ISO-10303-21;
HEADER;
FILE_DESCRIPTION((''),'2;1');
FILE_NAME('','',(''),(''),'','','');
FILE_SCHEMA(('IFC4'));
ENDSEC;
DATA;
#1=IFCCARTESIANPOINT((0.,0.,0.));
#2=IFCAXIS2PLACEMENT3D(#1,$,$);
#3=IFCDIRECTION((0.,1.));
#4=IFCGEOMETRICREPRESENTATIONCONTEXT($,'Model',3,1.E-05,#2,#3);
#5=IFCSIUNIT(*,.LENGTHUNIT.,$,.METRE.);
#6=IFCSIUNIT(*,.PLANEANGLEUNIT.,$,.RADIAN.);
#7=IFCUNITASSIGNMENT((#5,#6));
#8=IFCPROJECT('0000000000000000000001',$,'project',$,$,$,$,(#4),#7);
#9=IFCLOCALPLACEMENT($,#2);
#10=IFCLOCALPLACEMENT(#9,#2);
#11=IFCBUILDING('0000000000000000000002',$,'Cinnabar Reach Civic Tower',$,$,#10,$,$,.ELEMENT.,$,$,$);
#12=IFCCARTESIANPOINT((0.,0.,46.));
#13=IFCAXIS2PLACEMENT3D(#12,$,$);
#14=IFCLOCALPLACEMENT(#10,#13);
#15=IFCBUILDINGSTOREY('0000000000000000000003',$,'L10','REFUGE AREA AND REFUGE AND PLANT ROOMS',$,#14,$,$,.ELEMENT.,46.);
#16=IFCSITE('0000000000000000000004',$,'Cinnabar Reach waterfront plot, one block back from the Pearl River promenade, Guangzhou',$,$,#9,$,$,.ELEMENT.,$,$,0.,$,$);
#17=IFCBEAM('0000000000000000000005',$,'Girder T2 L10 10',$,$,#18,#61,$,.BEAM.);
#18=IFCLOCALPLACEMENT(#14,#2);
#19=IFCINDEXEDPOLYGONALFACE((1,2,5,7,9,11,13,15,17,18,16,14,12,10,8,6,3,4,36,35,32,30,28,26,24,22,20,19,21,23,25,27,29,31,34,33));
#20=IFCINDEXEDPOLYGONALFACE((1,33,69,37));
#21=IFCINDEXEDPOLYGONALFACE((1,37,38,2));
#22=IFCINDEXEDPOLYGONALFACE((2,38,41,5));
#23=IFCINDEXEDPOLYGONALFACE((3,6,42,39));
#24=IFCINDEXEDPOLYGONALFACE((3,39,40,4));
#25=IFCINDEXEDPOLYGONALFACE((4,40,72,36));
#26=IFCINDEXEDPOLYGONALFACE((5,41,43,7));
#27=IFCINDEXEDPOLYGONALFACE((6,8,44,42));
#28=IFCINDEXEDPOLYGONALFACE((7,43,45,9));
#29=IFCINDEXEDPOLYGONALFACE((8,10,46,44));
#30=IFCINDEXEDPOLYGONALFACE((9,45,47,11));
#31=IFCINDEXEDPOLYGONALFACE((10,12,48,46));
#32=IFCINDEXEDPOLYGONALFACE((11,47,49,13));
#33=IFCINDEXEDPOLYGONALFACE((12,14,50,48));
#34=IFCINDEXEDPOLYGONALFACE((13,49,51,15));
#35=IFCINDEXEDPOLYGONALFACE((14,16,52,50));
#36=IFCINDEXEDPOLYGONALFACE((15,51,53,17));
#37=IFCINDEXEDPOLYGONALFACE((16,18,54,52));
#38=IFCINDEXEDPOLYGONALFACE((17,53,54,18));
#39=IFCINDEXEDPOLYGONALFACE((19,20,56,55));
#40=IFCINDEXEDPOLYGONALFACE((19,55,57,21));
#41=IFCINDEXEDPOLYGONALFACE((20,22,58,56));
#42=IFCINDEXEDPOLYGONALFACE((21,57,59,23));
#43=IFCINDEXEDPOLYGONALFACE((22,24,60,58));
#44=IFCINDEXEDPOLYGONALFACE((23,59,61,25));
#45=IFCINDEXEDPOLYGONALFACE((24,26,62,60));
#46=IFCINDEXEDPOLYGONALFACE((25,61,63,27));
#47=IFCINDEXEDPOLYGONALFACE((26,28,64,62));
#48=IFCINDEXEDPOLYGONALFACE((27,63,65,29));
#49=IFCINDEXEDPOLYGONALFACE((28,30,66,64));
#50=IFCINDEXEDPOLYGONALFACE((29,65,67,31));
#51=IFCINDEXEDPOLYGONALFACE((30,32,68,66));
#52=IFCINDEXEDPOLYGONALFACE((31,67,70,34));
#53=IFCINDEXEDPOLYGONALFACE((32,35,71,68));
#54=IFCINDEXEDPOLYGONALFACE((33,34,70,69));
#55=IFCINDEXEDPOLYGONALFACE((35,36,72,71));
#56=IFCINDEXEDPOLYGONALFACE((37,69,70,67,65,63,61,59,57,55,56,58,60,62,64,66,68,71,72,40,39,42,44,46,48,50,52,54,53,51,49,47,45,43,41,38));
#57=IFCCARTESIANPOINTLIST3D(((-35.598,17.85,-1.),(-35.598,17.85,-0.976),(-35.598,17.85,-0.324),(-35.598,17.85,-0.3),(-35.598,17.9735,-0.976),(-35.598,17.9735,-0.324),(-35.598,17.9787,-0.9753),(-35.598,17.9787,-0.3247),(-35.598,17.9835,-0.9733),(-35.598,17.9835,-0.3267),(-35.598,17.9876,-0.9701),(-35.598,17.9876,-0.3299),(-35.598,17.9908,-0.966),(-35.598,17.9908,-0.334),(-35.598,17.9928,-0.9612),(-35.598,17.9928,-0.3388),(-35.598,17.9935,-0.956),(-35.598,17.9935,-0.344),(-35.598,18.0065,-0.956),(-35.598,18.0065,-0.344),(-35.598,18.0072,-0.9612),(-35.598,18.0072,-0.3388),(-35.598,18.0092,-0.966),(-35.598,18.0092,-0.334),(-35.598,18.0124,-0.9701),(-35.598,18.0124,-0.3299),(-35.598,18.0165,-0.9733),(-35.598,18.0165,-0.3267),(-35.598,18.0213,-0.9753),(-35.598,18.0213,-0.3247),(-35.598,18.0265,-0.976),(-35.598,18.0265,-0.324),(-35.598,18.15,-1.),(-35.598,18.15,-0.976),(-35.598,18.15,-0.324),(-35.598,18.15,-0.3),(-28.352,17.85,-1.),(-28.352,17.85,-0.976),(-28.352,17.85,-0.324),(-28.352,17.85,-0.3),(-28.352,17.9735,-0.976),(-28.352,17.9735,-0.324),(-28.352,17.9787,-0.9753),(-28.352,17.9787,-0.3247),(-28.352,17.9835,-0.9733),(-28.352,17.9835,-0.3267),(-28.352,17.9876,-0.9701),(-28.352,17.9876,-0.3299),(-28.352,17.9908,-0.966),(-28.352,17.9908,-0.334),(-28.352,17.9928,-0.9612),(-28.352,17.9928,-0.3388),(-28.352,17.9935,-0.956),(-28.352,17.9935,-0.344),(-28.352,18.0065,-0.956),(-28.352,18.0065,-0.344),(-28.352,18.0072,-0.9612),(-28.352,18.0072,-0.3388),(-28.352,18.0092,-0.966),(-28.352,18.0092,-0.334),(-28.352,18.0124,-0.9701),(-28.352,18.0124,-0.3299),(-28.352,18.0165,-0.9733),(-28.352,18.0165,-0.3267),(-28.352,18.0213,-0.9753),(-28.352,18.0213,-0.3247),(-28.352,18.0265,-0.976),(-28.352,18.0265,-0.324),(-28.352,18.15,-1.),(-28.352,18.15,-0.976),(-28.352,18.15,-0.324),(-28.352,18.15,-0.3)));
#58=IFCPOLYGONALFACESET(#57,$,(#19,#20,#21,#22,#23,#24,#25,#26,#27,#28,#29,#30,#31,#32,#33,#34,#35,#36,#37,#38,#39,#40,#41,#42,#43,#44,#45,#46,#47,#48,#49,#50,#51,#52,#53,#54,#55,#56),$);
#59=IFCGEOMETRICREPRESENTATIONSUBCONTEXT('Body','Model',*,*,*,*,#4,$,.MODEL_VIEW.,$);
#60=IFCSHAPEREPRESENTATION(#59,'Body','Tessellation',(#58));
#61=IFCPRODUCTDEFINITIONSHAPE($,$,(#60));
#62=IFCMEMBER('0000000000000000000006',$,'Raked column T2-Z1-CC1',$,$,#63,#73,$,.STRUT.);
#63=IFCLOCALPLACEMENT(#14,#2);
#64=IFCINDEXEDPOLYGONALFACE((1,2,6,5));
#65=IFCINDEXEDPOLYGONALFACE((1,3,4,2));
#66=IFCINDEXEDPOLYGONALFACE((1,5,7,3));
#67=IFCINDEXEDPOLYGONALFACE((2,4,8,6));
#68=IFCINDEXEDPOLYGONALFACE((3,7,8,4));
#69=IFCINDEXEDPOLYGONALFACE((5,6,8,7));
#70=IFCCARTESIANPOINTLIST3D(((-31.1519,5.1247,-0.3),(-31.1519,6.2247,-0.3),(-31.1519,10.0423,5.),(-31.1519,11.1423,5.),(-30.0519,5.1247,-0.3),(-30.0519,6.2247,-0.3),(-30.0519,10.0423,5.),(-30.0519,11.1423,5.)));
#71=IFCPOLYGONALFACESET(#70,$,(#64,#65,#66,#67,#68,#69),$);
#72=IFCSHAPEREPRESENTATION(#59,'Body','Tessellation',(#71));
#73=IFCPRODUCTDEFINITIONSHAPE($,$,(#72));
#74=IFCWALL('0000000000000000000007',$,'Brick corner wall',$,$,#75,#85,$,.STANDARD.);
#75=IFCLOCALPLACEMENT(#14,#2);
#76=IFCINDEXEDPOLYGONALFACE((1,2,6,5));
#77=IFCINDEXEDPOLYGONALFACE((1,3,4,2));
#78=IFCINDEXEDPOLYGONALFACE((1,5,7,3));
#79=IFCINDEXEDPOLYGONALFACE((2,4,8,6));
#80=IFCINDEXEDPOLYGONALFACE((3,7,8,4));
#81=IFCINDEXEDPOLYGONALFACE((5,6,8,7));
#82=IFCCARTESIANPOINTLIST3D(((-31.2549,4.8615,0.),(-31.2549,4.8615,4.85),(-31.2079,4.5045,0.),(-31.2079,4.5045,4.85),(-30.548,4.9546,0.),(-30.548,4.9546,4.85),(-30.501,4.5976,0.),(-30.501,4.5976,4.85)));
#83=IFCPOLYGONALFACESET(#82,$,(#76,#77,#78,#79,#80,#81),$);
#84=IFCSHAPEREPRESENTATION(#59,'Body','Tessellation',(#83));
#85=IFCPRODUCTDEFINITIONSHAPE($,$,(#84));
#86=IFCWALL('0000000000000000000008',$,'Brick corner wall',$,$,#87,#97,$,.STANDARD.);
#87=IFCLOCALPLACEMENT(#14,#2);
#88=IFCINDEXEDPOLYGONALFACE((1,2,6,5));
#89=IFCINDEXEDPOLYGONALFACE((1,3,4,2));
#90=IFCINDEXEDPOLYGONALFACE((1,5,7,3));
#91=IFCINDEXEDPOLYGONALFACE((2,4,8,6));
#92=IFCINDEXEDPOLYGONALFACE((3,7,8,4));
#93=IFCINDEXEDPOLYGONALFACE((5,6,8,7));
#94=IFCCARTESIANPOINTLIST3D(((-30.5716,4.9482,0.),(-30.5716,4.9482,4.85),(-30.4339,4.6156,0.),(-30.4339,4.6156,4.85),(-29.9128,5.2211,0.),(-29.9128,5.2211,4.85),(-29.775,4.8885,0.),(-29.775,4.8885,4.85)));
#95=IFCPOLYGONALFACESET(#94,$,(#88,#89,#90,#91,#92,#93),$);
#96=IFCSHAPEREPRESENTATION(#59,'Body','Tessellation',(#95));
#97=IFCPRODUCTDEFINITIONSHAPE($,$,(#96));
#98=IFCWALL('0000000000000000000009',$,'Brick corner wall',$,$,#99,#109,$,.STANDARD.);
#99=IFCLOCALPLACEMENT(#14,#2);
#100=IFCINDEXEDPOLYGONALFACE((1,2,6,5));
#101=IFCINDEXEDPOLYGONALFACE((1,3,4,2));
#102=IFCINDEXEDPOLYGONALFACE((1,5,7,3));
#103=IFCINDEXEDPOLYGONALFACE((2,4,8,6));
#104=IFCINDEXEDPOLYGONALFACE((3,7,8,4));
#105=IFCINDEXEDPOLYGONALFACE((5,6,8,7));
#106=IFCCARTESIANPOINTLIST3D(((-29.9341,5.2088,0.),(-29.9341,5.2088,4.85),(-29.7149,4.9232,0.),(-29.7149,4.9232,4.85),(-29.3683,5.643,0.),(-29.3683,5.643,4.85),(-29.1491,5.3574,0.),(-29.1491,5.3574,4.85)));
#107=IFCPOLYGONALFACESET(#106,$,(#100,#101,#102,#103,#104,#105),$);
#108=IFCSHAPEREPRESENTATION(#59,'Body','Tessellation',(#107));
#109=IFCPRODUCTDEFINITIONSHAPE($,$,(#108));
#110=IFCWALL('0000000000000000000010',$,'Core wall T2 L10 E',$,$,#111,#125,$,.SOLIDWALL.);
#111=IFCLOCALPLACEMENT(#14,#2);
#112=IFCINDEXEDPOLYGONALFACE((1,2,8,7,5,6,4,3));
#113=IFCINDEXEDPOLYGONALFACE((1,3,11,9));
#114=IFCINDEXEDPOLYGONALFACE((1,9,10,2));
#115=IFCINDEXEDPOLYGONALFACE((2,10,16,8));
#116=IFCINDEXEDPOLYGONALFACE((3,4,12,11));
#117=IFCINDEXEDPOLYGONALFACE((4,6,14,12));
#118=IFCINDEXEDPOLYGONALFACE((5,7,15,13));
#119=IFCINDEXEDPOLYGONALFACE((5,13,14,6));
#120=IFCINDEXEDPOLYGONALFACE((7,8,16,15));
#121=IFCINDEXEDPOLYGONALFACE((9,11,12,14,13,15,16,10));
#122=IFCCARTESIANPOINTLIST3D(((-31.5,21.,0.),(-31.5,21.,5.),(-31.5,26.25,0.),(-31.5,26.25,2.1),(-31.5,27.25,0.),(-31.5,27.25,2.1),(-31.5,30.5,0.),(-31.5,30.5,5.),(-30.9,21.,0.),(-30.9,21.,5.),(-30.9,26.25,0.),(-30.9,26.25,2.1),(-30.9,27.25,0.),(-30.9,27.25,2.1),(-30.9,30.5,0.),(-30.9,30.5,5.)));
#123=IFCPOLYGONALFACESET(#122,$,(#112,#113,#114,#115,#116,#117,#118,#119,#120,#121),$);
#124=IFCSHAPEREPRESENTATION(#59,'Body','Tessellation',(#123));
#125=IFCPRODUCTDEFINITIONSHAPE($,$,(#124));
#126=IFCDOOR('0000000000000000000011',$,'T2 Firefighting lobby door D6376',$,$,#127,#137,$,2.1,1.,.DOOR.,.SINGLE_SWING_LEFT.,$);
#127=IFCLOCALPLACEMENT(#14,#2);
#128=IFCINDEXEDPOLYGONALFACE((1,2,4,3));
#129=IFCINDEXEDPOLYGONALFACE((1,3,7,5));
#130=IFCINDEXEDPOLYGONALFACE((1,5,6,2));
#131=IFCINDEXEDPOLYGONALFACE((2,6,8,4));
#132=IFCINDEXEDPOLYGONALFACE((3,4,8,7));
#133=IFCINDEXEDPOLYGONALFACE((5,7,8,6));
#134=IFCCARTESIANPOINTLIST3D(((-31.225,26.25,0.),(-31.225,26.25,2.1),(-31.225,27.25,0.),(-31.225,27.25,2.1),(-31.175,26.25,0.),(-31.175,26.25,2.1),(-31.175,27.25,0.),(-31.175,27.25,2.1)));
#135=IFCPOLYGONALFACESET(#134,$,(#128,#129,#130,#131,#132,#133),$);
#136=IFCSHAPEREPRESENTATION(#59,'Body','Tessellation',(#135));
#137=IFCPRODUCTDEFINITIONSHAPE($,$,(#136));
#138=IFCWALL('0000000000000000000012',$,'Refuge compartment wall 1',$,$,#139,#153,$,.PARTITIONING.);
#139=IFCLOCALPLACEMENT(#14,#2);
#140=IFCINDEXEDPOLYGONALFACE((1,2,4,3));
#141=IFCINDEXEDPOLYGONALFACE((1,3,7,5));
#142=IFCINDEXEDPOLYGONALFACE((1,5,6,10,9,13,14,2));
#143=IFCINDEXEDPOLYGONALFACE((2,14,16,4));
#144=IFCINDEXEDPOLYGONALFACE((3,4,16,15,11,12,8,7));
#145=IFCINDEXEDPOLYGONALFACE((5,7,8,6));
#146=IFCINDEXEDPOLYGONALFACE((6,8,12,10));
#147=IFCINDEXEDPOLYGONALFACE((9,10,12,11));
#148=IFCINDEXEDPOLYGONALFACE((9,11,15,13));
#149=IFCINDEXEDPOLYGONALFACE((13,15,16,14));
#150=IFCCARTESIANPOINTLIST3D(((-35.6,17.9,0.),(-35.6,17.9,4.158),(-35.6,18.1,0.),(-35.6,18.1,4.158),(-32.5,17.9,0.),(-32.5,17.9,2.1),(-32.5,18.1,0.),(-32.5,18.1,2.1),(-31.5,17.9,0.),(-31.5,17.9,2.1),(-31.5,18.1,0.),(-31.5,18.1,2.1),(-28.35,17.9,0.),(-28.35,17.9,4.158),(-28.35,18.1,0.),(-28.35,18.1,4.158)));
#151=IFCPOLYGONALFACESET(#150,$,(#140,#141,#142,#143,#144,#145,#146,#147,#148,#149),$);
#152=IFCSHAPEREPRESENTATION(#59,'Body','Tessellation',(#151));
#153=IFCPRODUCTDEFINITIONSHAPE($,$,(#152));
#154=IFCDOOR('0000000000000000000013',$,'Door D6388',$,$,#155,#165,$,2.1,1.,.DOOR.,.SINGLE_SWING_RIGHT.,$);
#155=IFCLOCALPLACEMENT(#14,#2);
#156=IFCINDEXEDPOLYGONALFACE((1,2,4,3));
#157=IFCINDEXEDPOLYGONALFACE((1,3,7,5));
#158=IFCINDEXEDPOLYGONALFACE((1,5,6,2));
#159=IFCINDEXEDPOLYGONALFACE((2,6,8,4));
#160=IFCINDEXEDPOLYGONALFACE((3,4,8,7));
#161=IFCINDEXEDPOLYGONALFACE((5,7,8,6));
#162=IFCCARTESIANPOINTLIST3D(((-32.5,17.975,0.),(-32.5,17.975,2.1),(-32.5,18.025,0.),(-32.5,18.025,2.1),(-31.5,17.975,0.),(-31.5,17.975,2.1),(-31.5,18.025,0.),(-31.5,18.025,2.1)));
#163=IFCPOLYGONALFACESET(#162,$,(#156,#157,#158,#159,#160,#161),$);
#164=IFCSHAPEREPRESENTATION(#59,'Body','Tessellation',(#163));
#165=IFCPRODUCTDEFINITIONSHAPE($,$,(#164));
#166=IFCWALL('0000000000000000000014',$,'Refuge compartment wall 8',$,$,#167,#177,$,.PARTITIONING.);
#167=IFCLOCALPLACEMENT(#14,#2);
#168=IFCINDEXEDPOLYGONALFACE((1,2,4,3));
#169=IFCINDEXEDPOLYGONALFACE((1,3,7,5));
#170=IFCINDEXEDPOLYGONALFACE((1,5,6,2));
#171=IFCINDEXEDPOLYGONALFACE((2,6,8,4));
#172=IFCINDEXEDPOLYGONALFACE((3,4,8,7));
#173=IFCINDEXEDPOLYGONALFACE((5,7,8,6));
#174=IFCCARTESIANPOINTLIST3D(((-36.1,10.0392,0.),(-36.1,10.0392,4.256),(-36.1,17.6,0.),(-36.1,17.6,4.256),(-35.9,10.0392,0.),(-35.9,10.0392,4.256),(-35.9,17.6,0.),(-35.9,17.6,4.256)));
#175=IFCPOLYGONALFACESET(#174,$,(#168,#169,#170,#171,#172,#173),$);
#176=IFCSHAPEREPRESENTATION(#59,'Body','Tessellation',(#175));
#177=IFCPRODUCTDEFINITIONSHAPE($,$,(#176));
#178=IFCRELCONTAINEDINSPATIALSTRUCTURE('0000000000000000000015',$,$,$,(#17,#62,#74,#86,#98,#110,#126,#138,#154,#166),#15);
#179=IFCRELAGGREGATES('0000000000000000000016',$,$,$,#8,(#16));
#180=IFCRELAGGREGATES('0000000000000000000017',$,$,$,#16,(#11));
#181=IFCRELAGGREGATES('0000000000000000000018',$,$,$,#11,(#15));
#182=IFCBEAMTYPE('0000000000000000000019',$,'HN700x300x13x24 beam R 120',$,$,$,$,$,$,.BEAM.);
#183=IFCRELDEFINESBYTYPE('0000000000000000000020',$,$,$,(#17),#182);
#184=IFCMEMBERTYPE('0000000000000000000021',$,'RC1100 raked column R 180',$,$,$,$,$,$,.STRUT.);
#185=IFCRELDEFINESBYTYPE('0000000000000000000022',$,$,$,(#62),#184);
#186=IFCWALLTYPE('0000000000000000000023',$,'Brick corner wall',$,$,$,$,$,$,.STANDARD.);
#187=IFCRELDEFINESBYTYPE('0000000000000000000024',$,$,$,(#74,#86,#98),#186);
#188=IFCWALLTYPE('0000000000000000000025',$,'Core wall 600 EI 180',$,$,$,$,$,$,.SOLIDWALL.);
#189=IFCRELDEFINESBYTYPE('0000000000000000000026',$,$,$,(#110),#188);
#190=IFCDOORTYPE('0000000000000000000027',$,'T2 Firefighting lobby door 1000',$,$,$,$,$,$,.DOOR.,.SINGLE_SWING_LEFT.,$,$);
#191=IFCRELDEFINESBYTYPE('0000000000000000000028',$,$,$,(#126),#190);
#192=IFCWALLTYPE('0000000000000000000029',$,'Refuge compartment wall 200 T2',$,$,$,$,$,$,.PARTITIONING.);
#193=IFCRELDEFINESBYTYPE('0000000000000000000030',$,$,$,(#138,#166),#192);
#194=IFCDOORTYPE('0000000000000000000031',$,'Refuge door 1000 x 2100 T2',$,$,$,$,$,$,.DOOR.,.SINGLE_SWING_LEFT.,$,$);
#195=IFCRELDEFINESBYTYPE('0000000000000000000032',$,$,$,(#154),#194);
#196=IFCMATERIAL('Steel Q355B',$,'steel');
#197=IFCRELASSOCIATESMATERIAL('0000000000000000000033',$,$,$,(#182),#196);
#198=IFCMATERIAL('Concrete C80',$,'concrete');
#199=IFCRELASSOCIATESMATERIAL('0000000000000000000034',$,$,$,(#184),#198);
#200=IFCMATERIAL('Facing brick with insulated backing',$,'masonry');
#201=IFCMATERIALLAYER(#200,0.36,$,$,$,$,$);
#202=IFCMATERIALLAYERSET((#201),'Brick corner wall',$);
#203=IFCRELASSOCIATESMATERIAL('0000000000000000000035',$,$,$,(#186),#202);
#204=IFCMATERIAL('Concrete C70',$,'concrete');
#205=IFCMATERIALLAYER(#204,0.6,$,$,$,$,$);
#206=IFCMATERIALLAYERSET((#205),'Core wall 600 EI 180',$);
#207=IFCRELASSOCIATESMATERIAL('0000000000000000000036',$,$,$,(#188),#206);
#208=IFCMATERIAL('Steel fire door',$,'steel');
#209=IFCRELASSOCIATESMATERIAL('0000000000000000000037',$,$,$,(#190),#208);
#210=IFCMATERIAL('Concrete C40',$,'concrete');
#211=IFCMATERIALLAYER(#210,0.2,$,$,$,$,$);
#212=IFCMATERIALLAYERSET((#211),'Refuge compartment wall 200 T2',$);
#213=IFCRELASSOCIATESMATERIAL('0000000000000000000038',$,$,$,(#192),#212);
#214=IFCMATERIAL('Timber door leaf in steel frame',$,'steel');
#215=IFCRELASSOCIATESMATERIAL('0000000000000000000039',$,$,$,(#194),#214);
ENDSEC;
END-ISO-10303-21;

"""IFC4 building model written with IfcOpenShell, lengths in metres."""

from ifc_helpers import new_model, si_unit, direction, frame, frame_2d, origin, origin_2d, place, context, subcontext, project, spatial, rectangle, i_section, extrude, material, layer, layer_set, material_profile, profile_set, type_object, element, fill, save


model = new_model("IFC4")

# Units and contexts
model_context = context("Model", 3, precision=1e-05, world=origin(), true_north=direction((0.0, 1.0)))
body_context = subcontext(model_context, "Body", "Model", "MODEL_VIEW")
ifc_project = project(units=[si_unit("LENGTHUNIT", "METRE"), si_unit("PLANEANGLEUNIT", "RADIAN")], contexts=[model_context])

# Site, building, storey
site_placement = place(None, origin())
site = spatial("IfcSite", under=ifc_project, at=site_placement, Name="Cinnabar Reach waterfront plot, one block back from the Pearl River promenade, Guangzhou", CompositionType="ELEMENT", RefElevation=0.0)
building_placement = place(site_placement, origin())
building = spatial("IfcBuilding", under=site, at=building_placement, Name="Cinnabar Reach Civic Tower", CompositionType="ELEMENT")
storey_placement = place(building_placement, frame((0.0, 0.0, 46.0)))
storey = spatial("IfcBuildingStorey", under=building, at=storey_placement, Name="L10", Description="REFUGE AREA AND REFUGE AND PLANT ROOMS", CompositionType="ELEMENT", Elevation=46.0)

# Shared definitions
ifc_material_1 = material(Name="Concrete C80", Category="concrete")

# Beam
ifc_material_2 = material(Name="Steel Q355B", Category="steel")
ifc_material_profile_1 = material_profile(ifc_material_2, i_section(OverallWidth=0.3, OverallDepth=0.7, WebThickness=0.013, FlangeThickness=0.024, FilletRadius=0.02, at=origin_2d()), Name="HN700x300x13x24")
ifc_profile_set_1 = profile_set([ifc_material_profile_1], Name="Steel Q355B")
beam_type_1 = type_object("IfcBeamType", Name="HN700x300x13x24 beam R 120", PredefinedType="BEAM", material=ifc_profile_set_1)
beam_1_placement = place(storey_placement, frame((-35.598, 18.0, -0.65), z_axis=(1.0, 0.0, 0.0), x_axis=(0.0, 1.0, 0.0)))
element("IfcBeam", 1, at=beam_1_placement, inside=storey, type_object=beam_type_1, Name="Girder T2 L10 10", PredefinedType="BEAM", context=body_context, shape_type="SweptSolid", body=[
    extrude(i_section(OverallWidth=0.3, OverallDepth=0.7, WebThickness=0.013, FlangeThickness=0.024, FilletRadius=0.02, at=origin_2d()), origin(), (0.0, 0.0, 1.0), 7.246),
])

# Member
ifc_material_profile_2 = material_profile(ifc_material_1, rectangle(XDim=1.1, YDim=1.1, at=origin_2d()), Name="RC1100")
ifc_profile_set_2 = profile_set([ifc_material_profile_2], Name="Concrete C80")
member_type = type_object("IfcMemberType", Name="RC1100 raked column R 180", PredefinedType="STRUT", material=ifc_profile_set_2)
member_placement = place(storey_placement, frame((-30.6019, 5.6747, -0.3), z_axis=(0.0, 0.0, 1.0), x_axis=(1.0, 0.0, 0.0)))
element("IfcMember", 2, at=member_placement, inside=storey, type_object=member_type, Name="Raked column T2-Z1-CC1", PredefinedType="STRUT", context=body_context, shape_type="SweptSolid", body=[
    extrude(rectangle(XDim=1.1, YDim=1.1, at=origin_2d()), origin(), (0.0, 0.680167, 0.733057), 7.23),
])

# Walls
ifc_material_3 = material(Name="Facing brick with insulated backing", Category="masonry")
ifc_layer_1 = layer(ifc_material_3, 0.36)
ifc_layer_set_1 = layer_set([ifc_layer_1], Name="Brick corner wall")
wall_type_1 = type_object("IfcWallType", Name="Brick corner wall", PredefinedType="STANDARD", material=ifc_layer_set_1)
for number, where, z_axis, x_axis, name in (
    (3, (-31.2314, 4.683, 0.0), (0.0, 0.0, 1.0), (0.991441, 0.130556, 0.0), "Brick corner wall"),
    (4, (-30.5027, 4.7819, 0.0), (0.0, 0.0, 1.0), (0.923872, 0.382703, 0.0), "Brick corner wall"),
):
    element("IfcWall", number, at=place(storey_placement, frame(where, z_axis=z_axis, x_axis=x_axis)), inside=storey, type_object=wall_type_1, Name=name, PredefinedType="STANDARD", context=body_context, shape_type="SweptSolid", body=[
        extrude(rectangle(XDim=0.7131, YDim=0.36, at=frame_2d((0.3565, 0.0))), origin(), (0.0, 0.0, 1.0), 4.85),
    ])
wall_1_placement = place(storey_placement, frame((-29.8245, 5.066, 0.0), z_axis=(0.0, 0.0, 1.0), x_axis=(0.793322, 0.608802, 0.0)))
element("IfcWall", 5, at=wall_1_placement, inside=storey, type_object=wall_type_1, Name="Brick corner wall", PredefinedType="STANDARD", context=body_context, shape_type="SweptSolid", body=[
    extrude(rectangle(XDim=0.7132, YDim=0.36, at=frame_2d((0.3566, 0.0))), origin(), (0.0, 0.0, 1.0), 4.85),
])

# Walls, openings, doors
ifc_material_4 = material(Name="Concrete C70", Category="concrete")
ifc_layer_2 = layer(ifc_material_4, 0.6)
ifc_layer_set_2 = layer_set([ifc_layer_2], Name="Core wall 600 EI 180")
wall_type_2 = type_object("IfcWallType", Name="Core wall 600 EI 180", PredefinedType="SOLIDWALL", material=ifc_layer_set_2)
wall_2_placement = place(storey_placement, frame((-31.2, 21.0, 0.0), z_axis=(0.0, 0.0, 1.0), x_axis=(0.0, 1.0, 0.0)))
wall_2 = element("IfcWall", 6, at=wall_2_placement, inside=storey, type_object=wall_type_2, Name="Core wall T2 L10 E", PredefinedType="SOLIDWALL", context=body_context, shape_type="SweptSolid", body=[
    extrude(rectangle(XDim=9.5, YDim=0.6, at=frame_2d((4.75, 0.0))), origin(), (0.0, 0.0, 1.0), 5.0),
])
opening_1_placement = place(wall_2_placement, frame((5.25, 0.0, 0.0)))
opening_1 = element("IfcOpeningElement", 7, at=opening_1_placement, cuts=wall_2, PredefinedType="OPENING", context=body_context, shape_type="SweptSolid", body=[
    extrude(rectangle(XDim=1.0, YDim=2.1, at=frame_2d((0.5, 1.05))), frame((0.0, 0.31, 0.0), z_axis=(0.0, -1.0, 0.0), x_axis=(1.0, 0.0, 0.0)), (0.0, 0.0, 1.0), 0.62),
])
ifc_material_5 = material(Name="Steel fire door", Category="steel")
door_type_1 = type_object("IfcDoorType", Name="T2 Firefighting lobby door 1000", OperationType="SINGLE_SWING_LEFT", PredefinedType="DOOR", material=ifc_material_5)
door_1_placement = place(opening_1_placement, frame((1.0, 0.0, 0.0), z_axis=(0.0, 0.0, 1.0), x_axis=(-1.0, 0.0, 0.0)))
door_1 = element("IfcDoor", 8, at=door_1_placement, inside=storey, type_object=door_type_1, Name="T2 Firefighting lobby door D6376", OperationType="SINGLE_SWING_LEFT", OverallHeight=2.1, OverallWidth=1.0, PredefinedType="DOOR", context=body_context, shape_type="SweptSolid", body=[
    extrude(rectangle(XDim=1.0, YDim=2.1, at=frame_2d((0.5, 1.05))), frame((0.0, 0.025, 0.0), z_axis=(0.0, -1.0, 0.0), x_axis=(1.0, 0.0, 0.0)), (0.0, 0.0, 1.0), 0.05),
])
fill(opening_1, door_1)
ifc_material_6 = material(Name="Concrete C40", Category="concrete")
ifc_layer_3 = layer(ifc_material_6, 0.2)
ifc_layer_set_3 = layer_set([ifc_layer_3], Name="Refuge compartment wall 200 T2")
wall_type_3 = type_object("IfcWallType", Name="Refuge compartment wall 200 T2", PredefinedType="PARTITIONING", material=ifc_layer_set_3)
wall_3_placement = place(storey_placement, frame((-35.6, 18.0, 0.0), z_axis=(0.0, 0.0, 1.0), x_axis=(1.0, 0.0, 0.0)))
wall_3 = element("IfcWall", 9, at=wall_3_placement, inside=storey, type_object=wall_type_3, Name="Refuge compartment wall 1", PredefinedType="PARTITIONING", context=body_context, shape_type="SweptSolid", body=[
    extrude(rectangle(XDim=7.25, YDim=0.2, at=frame_2d((3.625, 0.0))), origin(), (0.0, 0.0, 1.0), 4.158),
])
opening_2_placement = place(wall_3_placement, frame((3.1, 0.0, 0.0)))
opening_2 = element("IfcOpeningElement", 10, at=opening_2_placement, cuts=wall_3, PredefinedType="OPENING", context=body_context, shape_type="SweptSolid", body=[
    extrude(rectangle(XDim=1.0, YDim=2.1, at=frame_2d((0.5, 1.05))), frame((0.0, 0.11, 0.0), z_axis=(0.0, -1.0, 0.0), x_axis=(1.0, 0.0, 0.0)), (0.0, 0.0, 1.0), 0.22),
])
ifc_material_7 = material(Name="Timber door leaf in steel frame", Category="steel")
door_type_2 = type_object("IfcDoorType", Name="Refuge door 1000 x 2100 T2", OperationType="SINGLE_SWING_LEFT", PredefinedType="DOOR", material=ifc_material_7)
door_2_placement = place(opening_2_placement, origin())
door_2 = element("IfcDoor", 11, at=door_2_placement, inside=storey, type_object=door_type_2, Name="Door D6388", OperationType="SINGLE_SWING_RIGHT", OverallHeight=2.1, OverallWidth=1.0, PredefinedType="DOOR", context=body_context, shape_type="SweptSolid", body=[
    extrude(rectangle(XDim=1.0, YDim=2.1, at=frame_2d((0.5, 1.05))), frame((0.0, 0.025, 0.0), z_axis=(0.0, -1.0, 0.0), x_axis=(1.0, 0.0, 0.0)), (0.0, 0.0, 1.0), 0.05),
])
fill(opening_2, door_2)

# Wall
wall_4_placement = place(storey_placement, frame((-36.0, 10.0392, 0.0), z_axis=(0.0, 0.0, 1.0), x_axis=(0.0, 1.0, 0.0)))
element("IfcWall", 12, at=wall_4_placement, inside=storey, type_object=wall_type_3, Name="Refuge compartment wall 8", PredefinedType="PARTITIONING", context=body_context, shape_type="SweptSolid", body=[
    extrude(rectangle(XDim=7.5608, YDim=0.2, at=frame_2d((3.7804, 0.0))), origin(), (0.0, 0.0, 1.0), 4.256),
])

save(model, "model.ifc")
